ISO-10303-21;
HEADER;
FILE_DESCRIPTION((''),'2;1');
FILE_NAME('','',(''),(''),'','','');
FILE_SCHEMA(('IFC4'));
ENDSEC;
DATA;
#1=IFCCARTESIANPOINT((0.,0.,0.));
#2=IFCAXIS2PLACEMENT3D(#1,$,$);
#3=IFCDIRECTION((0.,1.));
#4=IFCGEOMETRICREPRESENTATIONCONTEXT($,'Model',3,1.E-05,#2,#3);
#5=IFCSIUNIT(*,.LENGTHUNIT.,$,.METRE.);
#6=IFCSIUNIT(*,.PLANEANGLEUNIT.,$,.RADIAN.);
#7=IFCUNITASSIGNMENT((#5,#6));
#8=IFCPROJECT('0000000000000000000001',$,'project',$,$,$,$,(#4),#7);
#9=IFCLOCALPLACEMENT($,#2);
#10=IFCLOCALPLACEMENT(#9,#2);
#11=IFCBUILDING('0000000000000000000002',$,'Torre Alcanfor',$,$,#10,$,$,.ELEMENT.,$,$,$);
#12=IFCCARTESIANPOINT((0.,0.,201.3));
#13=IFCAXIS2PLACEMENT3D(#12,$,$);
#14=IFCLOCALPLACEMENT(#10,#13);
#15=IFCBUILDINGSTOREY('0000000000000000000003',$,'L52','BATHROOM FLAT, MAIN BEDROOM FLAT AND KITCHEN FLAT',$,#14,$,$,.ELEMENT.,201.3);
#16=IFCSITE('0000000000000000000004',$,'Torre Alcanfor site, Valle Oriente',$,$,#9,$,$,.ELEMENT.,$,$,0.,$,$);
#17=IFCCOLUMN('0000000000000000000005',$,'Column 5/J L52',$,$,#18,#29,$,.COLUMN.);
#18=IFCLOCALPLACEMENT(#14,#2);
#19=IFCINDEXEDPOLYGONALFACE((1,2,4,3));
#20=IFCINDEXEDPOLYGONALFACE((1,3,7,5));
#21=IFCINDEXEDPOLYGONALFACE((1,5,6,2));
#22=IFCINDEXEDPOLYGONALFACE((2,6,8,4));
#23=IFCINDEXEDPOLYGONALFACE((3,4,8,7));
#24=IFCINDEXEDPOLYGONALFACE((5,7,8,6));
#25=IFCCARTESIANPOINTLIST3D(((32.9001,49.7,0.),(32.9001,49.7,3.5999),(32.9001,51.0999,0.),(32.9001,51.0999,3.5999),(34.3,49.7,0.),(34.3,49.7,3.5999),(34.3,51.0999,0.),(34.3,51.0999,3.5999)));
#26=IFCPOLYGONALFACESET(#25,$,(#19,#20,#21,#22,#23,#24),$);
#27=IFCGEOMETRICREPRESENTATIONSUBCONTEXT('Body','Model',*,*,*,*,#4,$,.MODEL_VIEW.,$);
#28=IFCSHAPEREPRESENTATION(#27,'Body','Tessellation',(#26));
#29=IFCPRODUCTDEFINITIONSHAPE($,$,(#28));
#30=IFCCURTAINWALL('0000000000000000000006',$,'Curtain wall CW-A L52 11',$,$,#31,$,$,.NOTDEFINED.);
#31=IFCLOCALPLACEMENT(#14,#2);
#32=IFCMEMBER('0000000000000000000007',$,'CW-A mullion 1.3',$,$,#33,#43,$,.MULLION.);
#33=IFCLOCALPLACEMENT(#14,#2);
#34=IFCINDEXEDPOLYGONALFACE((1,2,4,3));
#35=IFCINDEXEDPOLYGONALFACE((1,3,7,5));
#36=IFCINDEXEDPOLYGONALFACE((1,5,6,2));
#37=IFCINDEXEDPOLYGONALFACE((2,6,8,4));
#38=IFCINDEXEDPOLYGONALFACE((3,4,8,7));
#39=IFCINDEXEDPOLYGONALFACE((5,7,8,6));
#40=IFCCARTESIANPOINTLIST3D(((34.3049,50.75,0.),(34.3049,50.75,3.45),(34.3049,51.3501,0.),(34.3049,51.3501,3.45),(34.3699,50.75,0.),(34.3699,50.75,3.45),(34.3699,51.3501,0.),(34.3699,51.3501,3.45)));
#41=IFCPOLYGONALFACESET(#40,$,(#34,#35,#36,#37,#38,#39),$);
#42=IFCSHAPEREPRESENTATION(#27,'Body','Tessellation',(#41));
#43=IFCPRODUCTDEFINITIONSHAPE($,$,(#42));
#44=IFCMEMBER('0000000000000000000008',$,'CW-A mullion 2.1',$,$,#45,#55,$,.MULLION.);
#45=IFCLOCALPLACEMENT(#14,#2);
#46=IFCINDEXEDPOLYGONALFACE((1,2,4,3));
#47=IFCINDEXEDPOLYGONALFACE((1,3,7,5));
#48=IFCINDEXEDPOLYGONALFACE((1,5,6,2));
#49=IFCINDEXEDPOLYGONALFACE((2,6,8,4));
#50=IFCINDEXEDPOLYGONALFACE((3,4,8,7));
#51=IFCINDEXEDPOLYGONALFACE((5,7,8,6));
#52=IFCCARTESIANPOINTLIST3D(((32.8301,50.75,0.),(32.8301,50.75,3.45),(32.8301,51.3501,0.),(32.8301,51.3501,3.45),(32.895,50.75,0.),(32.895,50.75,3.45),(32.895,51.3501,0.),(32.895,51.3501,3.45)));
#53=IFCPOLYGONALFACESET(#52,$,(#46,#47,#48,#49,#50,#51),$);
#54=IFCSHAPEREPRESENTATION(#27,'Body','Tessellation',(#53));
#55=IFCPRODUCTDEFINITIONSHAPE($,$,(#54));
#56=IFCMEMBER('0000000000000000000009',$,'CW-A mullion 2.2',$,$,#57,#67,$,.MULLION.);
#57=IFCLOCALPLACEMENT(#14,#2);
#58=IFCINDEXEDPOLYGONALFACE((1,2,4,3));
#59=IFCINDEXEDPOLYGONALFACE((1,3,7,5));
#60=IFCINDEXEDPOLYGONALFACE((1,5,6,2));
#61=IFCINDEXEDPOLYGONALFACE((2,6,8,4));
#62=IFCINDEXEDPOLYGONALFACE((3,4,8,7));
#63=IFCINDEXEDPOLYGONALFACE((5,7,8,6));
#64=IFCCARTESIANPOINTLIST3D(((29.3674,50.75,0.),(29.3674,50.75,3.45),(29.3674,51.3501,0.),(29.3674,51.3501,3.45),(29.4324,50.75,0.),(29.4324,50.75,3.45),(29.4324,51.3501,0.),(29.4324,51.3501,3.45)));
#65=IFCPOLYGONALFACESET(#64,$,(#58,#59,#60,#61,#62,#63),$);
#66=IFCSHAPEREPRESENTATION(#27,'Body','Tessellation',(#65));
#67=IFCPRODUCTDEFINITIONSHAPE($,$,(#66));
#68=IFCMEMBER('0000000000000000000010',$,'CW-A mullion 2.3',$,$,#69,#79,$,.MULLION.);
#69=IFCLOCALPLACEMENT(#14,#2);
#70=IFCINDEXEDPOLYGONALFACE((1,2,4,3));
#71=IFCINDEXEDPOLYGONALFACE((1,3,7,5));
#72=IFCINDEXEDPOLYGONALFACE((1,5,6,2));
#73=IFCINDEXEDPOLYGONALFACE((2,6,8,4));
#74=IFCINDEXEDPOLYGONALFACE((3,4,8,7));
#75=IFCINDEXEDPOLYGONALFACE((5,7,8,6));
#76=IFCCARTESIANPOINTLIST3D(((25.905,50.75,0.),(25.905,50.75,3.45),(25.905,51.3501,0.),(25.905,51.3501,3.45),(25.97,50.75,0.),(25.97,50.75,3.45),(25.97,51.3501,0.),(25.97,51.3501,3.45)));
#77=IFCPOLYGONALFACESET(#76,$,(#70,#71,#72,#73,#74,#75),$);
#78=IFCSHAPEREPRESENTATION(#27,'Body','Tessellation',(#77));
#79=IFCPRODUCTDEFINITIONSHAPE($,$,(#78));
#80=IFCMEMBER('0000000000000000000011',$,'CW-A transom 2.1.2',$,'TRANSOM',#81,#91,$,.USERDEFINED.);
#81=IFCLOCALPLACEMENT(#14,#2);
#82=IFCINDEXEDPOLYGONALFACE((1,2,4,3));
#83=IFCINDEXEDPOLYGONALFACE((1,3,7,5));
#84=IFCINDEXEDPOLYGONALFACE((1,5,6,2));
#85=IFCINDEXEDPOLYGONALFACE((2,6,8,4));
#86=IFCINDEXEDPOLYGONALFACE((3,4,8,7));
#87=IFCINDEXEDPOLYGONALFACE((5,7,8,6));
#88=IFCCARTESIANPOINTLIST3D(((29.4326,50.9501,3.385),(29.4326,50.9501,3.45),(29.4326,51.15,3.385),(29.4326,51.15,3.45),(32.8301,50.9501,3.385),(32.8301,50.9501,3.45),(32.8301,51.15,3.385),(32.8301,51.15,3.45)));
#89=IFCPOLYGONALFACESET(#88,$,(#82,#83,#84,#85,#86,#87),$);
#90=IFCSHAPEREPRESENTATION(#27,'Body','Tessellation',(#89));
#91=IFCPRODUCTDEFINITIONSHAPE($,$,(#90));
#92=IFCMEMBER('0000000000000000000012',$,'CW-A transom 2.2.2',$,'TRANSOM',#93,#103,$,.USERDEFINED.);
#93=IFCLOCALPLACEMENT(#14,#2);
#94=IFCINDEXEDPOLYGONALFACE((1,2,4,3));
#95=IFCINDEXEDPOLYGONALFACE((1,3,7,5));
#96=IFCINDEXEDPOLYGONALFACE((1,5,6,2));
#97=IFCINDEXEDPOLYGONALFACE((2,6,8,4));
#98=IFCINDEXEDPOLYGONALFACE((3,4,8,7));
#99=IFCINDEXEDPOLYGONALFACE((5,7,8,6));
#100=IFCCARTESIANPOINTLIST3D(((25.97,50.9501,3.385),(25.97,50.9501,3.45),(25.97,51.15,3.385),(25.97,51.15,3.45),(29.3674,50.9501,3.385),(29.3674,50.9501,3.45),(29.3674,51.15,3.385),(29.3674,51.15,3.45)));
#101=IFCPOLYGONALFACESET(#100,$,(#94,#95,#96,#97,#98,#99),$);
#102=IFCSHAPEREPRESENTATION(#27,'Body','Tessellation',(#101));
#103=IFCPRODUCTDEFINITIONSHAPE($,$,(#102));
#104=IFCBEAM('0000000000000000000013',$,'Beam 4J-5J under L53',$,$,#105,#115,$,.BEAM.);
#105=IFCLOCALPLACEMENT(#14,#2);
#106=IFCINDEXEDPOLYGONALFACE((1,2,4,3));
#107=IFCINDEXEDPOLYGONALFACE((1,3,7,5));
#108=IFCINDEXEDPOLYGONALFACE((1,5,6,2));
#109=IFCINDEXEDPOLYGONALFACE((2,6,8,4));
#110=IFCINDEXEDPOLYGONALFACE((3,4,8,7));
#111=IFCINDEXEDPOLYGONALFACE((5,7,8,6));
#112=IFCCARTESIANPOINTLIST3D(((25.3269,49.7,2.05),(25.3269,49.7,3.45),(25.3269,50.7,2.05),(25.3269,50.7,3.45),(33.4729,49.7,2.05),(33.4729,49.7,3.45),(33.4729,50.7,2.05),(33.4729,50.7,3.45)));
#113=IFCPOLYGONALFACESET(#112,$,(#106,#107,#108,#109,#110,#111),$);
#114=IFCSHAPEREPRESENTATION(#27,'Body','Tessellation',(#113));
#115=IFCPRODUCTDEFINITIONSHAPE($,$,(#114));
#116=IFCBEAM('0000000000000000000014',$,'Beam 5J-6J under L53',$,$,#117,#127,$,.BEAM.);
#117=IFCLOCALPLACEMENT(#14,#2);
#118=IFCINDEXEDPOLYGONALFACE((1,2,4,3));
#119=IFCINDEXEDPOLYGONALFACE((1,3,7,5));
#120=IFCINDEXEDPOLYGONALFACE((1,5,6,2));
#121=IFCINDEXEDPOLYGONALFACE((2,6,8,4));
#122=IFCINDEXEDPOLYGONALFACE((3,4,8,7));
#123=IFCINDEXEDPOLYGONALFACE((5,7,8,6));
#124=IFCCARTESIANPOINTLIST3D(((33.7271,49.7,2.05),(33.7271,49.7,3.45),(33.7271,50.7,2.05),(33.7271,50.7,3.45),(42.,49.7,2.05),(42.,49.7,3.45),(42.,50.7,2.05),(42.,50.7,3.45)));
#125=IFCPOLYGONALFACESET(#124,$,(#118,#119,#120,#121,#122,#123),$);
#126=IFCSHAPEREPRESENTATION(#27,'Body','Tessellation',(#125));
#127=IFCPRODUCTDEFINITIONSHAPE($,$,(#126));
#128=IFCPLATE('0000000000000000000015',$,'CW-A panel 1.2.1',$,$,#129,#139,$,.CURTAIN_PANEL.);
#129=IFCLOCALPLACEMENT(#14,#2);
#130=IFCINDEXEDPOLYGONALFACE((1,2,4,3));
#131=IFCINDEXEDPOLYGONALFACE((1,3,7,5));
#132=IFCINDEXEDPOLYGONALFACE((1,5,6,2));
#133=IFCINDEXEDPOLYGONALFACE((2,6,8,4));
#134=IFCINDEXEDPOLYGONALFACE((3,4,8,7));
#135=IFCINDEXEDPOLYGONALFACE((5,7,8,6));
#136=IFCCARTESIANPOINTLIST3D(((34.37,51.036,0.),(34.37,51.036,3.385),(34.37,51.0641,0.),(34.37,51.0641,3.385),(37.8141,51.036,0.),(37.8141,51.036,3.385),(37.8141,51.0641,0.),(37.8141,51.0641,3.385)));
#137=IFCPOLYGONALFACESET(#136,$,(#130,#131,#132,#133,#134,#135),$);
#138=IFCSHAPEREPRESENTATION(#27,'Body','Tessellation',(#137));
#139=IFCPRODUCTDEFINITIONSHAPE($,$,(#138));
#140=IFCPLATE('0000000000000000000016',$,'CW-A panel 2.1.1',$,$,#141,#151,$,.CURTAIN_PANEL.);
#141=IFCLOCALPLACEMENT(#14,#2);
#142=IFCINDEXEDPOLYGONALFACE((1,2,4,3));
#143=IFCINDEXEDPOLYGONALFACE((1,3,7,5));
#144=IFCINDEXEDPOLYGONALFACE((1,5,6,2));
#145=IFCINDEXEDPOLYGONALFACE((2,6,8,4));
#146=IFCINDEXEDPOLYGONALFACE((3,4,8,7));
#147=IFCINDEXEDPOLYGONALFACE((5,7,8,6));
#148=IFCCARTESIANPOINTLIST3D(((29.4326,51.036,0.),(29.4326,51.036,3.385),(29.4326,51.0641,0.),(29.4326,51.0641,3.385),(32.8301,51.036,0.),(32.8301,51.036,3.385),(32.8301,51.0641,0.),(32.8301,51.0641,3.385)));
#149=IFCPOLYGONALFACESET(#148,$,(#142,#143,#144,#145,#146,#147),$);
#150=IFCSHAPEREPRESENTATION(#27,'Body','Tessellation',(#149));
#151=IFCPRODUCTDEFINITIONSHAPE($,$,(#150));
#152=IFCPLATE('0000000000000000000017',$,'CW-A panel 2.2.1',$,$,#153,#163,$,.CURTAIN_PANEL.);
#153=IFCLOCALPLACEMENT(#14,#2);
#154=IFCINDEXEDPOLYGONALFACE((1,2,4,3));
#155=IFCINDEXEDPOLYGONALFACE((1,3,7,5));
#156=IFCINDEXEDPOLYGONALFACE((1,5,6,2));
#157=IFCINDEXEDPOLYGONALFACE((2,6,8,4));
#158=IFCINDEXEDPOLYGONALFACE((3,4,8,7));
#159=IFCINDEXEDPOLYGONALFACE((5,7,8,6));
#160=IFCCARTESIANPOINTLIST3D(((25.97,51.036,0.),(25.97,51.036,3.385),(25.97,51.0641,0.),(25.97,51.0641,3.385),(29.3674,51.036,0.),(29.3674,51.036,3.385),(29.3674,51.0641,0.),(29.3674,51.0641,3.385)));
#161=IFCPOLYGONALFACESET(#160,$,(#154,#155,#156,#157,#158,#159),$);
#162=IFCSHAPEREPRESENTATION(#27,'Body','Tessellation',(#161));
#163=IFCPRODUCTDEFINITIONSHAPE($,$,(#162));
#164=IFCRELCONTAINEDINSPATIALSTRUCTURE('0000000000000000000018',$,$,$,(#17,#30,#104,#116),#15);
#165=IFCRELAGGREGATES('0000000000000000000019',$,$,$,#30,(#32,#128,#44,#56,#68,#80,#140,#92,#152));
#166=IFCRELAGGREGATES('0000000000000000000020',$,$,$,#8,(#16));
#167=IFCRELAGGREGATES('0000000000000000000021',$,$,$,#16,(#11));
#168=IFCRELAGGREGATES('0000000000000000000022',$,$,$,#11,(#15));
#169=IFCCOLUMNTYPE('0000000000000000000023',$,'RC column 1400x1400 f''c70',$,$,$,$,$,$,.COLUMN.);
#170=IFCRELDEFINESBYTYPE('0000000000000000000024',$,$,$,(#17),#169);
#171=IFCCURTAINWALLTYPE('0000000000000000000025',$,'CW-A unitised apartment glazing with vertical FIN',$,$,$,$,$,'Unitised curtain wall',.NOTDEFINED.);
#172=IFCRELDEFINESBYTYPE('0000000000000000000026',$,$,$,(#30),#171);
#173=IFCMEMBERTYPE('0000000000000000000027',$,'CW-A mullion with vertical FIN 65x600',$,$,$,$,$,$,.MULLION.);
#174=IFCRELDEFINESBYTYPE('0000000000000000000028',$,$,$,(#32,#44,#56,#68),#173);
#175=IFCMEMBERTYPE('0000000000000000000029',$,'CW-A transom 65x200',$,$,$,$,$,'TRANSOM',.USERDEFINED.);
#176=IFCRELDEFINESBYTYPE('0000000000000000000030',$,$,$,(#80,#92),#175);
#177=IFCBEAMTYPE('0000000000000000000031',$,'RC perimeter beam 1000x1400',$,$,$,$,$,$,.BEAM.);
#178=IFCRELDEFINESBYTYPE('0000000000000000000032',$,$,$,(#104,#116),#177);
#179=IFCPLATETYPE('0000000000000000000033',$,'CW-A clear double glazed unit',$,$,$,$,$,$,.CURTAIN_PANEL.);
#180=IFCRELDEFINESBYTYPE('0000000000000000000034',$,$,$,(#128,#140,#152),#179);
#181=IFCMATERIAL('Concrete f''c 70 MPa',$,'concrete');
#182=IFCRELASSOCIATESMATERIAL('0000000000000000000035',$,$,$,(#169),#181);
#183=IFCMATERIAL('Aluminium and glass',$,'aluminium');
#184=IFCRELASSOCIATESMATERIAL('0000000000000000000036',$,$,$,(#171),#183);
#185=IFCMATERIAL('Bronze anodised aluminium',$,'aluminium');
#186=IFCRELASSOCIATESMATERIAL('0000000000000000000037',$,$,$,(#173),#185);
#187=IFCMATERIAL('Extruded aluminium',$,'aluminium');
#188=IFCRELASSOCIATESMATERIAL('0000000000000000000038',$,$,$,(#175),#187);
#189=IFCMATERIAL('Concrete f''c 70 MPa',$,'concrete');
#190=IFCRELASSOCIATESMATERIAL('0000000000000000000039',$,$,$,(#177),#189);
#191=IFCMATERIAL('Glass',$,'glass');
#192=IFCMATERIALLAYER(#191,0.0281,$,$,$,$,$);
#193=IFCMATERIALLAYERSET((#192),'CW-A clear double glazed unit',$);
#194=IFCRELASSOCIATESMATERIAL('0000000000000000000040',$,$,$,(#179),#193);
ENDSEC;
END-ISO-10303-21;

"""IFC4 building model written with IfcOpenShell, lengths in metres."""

from ifc_helpers import new_model, si_unit, direction, frame, origin, origin_2d, place, context, subcontext, project, spatial, rectangle, extrude, material, layer, layer_set, material_profile, profile_set, type_object, element, aggregate, save


model = new_model("IFC4")

# Units and contexts
model_context = context("Model", 3, precision=1e-05, world=origin(), true_north=direction((0.0, 1.0)))
body_context = subcontext(model_context, "Body", "Model", "MODEL_VIEW")
ifc_project = project(units=[si_unit("LENGTHUNIT", "METRE"), si_unit("PLANEANGLEUNIT", "RADIAN")], contexts=[model_context])

# Site, building, storey
site_placement = place(None, origin())
site = spatial("IfcSite", under=ifc_project, at=site_placement, Name="Torre Alcanfor site, Valle Oriente", CompositionType="ELEMENT", RefElevation=0.0)
building_placement = place(site_placement, origin())
building = spatial("IfcBuilding", under=site, at=building_placement, Name="Torre Alcanfor", CompositionType="ELEMENT")
storey_placement = place(building_placement, frame((0.0, 0.0, 201.3)))
storey = spatial("IfcBuildingStorey", under=building, at=storey_placement, Name="L52", Description="BATHROOM FLAT, MAIN BEDROOM FLAT AND KITCHEN FLAT", CompositionType="ELEMENT", Elevation=201.3)

# Column
ifc_material_1 = material(Name="Concrete f'c 70 MPa", Category="concrete")
ifc_material_profile_1 = material_profile(ifc_material_1, rectangle(XDim=1.3999, YDim=1.3999, at=origin_2d()), Name="1400x1400")
ifc_profile_set_1 = profile_set([ifc_material_profile_1], Name="Concrete f'c 70 MPa")
column_type = type_object("IfcColumnType", Name="RC column 1400x1400 f'c70", PredefinedType="COLUMN", material=ifc_profile_set_1)
column_placement = place(storey_placement, frame((33.6001, 50.3999, 0.0), z_axis=(0.0, 0.0, 1.0), x_axis=(1.0, 0.0, 0.0)))
element("IfcColumn", 1, at=column_placement, inside=storey, type_object=column_type, Name="Column 5/J L52", PredefinedType="COLUMN", context=body_context, shape_type="SweptSolid", body=[
    extrude(rectangle(XDim=1.3999, YDim=1.3999, at=origin_2d()), origin(), (0.0, 0.0, 1.0), 3.5999),
])

# Curtain wall, members
ifc_material_2 = material(Name="Aluminium and glass", Category="aluminium")
curtain_wall_type = type_object("IfcCurtainWallType", Name="CW-A unitised apartment glazing with vertical FIN", ElementType="Unitised curtain wall", PredefinedType="NOTDEFINED", material=ifc_material_2)
curtain_wall_placement = place(storey_placement, origin())
curtain_wall = element("IfcCurtainWall", 2, at=curtain_wall_placement, inside=storey, type_object=curtain_wall_type, Name="Curtain wall CW-A L52 11", PredefinedType="NOTDEFINED")
ifc_material_3 = material(Name="Bronze anodised aluminium", Category="aluminium")
ifc_material_profile_2 = material_profile(ifc_material_3, rectangle(XDim=0.6001, YDim=0.0649, at=origin_2d()), Name="CW-A mullion 65x600")
ifc_profile_set_2 = profile_set([ifc_material_profile_2], Name="Bronze anodised aluminium")
member_type_1 = type_object("IfcMemberType", Name="CW-A mullion with vertical FIN 65x600", PredefinedType="MULLION", material=ifc_profile_set_2)
member_1_placement = place(storey_placement, frame((34.3374, 51.05, 0.0), z_axis=(0.0, 0.0, 1.0), x_axis=(0.0, -1.0, 0.0)))
member_1 = element("IfcMember", 3, at=member_1_placement, type_object=member_type_1, Name="CW-A mullion 1.3", PredefinedType="MULLION", context=body_context, shape_type="SweptSolid", body=[
    extrude(rectangle(XDim=0.6001, YDim=0.0649, at=origin_2d()), origin(), (0.0, 0.0, 1.0), 3.45),
])
member_2_placement = place(storey_placement, frame((32.8625, 51.05, 0.0), z_axis=(0.0, 0.0, 1.0), x_axis=(0.0, -1.0, 0.0)))
member_2 = element("IfcMember", 4, at=member_2_placement, type_object=member_type_1, Name="CW-A mullion 2.1", PredefinedType="MULLION", context=body_context, shape_type="SweptSolid", body=[
    extrude(rectangle(XDim=0.6001, YDim=0.0649, at=origin_2d()), origin(), (0.0, 0.0, 1.0), 3.45),
])
member_3_placement = place(storey_placement, frame((29.3999, 51.05, 0.0), z_axis=(0.0, 0.0, 1.0), x_axis=(0.0, -1.0, 0.0)))
member_3 = element("IfcMember", 5, at=member_3_placement, type_object=member_type_1, Name="CW-A mullion 2.2", PredefinedType="MULLION", context=body_context, shape_type="SweptSolid", body=[
    extrude(rectangle(XDim=0.6001, YDim=0.0649, at=origin_2d()), origin(), (0.0, 0.0, 1.0), 3.45),
])
member_4_placement = place(storey_placement, frame((25.9375, 51.05, 0.0), z_axis=(0.0, 0.0, 1.0), x_axis=(0.0, -1.0, 0.0)))
member_4 = element("IfcMember", 6, at=member_4_placement, type_object=member_type_1, Name="CW-A mullion 2.3", PredefinedType="MULLION", context=body_context, shape_type="SweptSolid", body=[
    extrude(rectangle(XDim=0.6001, YDim=0.0649, at=origin_2d()), origin(), (0.0, 0.0, 1.0), 3.45),
])
ifc_material_4 = material(Name="Extruded aluminium", Category="aluminium")
ifc_material_profile_3 = material_profile(ifc_material_4, rectangle(XDim=0.2, YDim=0.0649, at=origin_2d()), Name="CW-A transom 200x65")
ifc_profile_set_3 = profile_set([ifc_material_profile_3], Name="Extruded aluminium")
member_type_2 = type_object("IfcMemberType", Name="CW-A transom 65x200", ElementType="TRANSOM", PredefinedType="USERDEFINED", material=ifc_profile_set_3)
member_5_placement = place(storey_placement, frame((32.8301, 51.05, 3.4175), z_axis=(-1.0, 0.0, 0.0), x_axis=(0.0, -1.0, 0.0)))
member_5 = element("IfcMember", 7, at=member_5_placement, type_object=member_type_2, Name="CW-A transom 2.1.2", ObjectType="TRANSOM", PredefinedType="USERDEFINED", context=body_context, shape_type="SweptSolid", body=[
    extrude(rectangle(XDim=0.2, YDim=0.0649, at=origin_2d()), origin(), (0.0, 0.0, 1.0), 3.3975),
])
member_6_placement = place(storey_placement, frame((29.3674, 51.05, 3.4175), z_axis=(-1.0, 0.0, 0.0), x_axis=(0.0, -1.0, 0.0)))
member_6 = element("IfcMember", 8, at=member_6_placement, type_object=member_type_2, Name="CW-A transom 2.2.2", ObjectType="TRANSOM", PredefinedType="USERDEFINED", context=body_context, shape_type="SweptSolid", body=[
    extrude(rectangle(XDim=0.2, YDim=0.0649, at=origin_2d()), origin(), (0.0, 0.0, 1.0), 3.3975),
])

# Beams
ifc_material_5 = material(Name="Concrete f'c 70 MPa", Category="concrete")
ifc_material_profile_4 = material_profile(ifc_material_5, rectangle(XDim=1.0, YDim=1.3999, at=origin_2d()), Name="1000x1400")
ifc_profile_set_4 = profile_set([ifc_material_profile_4], Name="Concrete f'c 70 MPa")
beam_type = type_object("IfcBeamType", Name="RC perimeter beam 1000x1400", PredefinedType="BEAM", material=ifc_profile_set_4)
beam_1_placement = place(storey_placement, frame((25.3269, 50.2, 2.75), z_axis=(1.0, 0.0, 0.0), x_axis=(0.0, 1.0, 0.0)))
element("IfcBeam", 9, at=beam_1_placement, inside=storey, type_object=beam_type, Name="Beam 4J-5J under L53", PredefinedType="BEAM", context=body_context, shape_type="SweptSolid", body=[
    extrude(rectangle(XDim=1.0, YDim=1.3999, at=origin_2d()), origin(), (0.0, 0.0, 1.0), 8.146),
])
beam_2_placement = place(storey_placement, frame((33.7271, 50.2, 2.75), z_axis=(1.0, 0.0, 0.0), x_axis=(0.0, 1.0, 0.0)))
element("IfcBeam", 10, at=beam_2_placement, inside=storey, type_object=beam_type, Name="Beam 5J-6J under L53", PredefinedType="BEAM", context=body_context, shape_type="SweptSolid", body=[
    extrude(rectangle(XDim=1.0, YDim=1.3999, at=origin_2d()), origin(), (0.0, 0.0, 1.0), 8.2729),
])

# Plates
ifc_material_6 = material(Name="Glass", Category="glass")
ifc_layer_1 = layer(ifc_material_6, 0.0281)
ifc_layer_set_1 = layer_set([ifc_layer_1], Name="CW-A clear double glazed unit")
plate_type = type_object("IfcPlateType", Name="CW-A clear double glazed unit", PredefinedType="CURTAIN_PANEL", material=ifc_layer_set_1)
plate_1_placement = place(storey_placement, frame((36.092, 51.05, 0.0), z_axis=(0.0, 0.0, 1.0), x_axis=(-1.0, 0.0, 0.0)))
plate_1 = element("IfcPlate", 11, at=plate_1_placement, type_object=plate_type, Name="CW-A panel 1.2.1", PredefinedType="CURTAIN_PANEL", context=body_context, shape_type="SweptSolid", body=[
    extrude(rectangle(XDim=3.4441, YDim=0.0281, at=origin_2d()), origin(), (0.0, 0.0, 1.0), 3.385),
])
plate_2_placement = place(storey_placement, frame((31.1313, 51.05, 0.0), z_axis=(0.0, 0.0, 1.0), x_axis=(-1.0, 0.0, 0.0)))
plate_2 = element("IfcPlate", 12, at=plate_2_placement, type_object=plate_type, Name="CW-A panel 2.1.1", PredefinedType="CURTAIN_PANEL", context=body_context, shape_type="SweptSolid", body=[
    extrude(rectangle(XDim=3.3975, YDim=0.0281, at=origin_2d()), origin(), (0.0, 0.0, 1.0), 3.385),
])
plate_3_placement = place(storey_placement, frame((27.6687, 51.05, 0.0), z_axis=(0.0, 0.0, 1.0), x_axis=(-1.0, 0.0, 0.0)))
plate_3 = element("IfcPlate", 13, at=plate_3_placement, type_object=plate_type, Name="CW-A panel 2.2.1", PredefinedType="CURTAIN_PANEL", context=body_context, shape_type="SweptSolid", body=[
    extrude(rectangle(XDim=3.3975, YDim=0.0281, at=origin_2d()), origin(), (0.0, 0.0, 1.0), 3.385),
])
aggregate(curtain_wall, [member_1, plate_1, member_2, member_3, member_4, member_5, plate_2, member_6, plate_3])

save(model, "model.ifc")
